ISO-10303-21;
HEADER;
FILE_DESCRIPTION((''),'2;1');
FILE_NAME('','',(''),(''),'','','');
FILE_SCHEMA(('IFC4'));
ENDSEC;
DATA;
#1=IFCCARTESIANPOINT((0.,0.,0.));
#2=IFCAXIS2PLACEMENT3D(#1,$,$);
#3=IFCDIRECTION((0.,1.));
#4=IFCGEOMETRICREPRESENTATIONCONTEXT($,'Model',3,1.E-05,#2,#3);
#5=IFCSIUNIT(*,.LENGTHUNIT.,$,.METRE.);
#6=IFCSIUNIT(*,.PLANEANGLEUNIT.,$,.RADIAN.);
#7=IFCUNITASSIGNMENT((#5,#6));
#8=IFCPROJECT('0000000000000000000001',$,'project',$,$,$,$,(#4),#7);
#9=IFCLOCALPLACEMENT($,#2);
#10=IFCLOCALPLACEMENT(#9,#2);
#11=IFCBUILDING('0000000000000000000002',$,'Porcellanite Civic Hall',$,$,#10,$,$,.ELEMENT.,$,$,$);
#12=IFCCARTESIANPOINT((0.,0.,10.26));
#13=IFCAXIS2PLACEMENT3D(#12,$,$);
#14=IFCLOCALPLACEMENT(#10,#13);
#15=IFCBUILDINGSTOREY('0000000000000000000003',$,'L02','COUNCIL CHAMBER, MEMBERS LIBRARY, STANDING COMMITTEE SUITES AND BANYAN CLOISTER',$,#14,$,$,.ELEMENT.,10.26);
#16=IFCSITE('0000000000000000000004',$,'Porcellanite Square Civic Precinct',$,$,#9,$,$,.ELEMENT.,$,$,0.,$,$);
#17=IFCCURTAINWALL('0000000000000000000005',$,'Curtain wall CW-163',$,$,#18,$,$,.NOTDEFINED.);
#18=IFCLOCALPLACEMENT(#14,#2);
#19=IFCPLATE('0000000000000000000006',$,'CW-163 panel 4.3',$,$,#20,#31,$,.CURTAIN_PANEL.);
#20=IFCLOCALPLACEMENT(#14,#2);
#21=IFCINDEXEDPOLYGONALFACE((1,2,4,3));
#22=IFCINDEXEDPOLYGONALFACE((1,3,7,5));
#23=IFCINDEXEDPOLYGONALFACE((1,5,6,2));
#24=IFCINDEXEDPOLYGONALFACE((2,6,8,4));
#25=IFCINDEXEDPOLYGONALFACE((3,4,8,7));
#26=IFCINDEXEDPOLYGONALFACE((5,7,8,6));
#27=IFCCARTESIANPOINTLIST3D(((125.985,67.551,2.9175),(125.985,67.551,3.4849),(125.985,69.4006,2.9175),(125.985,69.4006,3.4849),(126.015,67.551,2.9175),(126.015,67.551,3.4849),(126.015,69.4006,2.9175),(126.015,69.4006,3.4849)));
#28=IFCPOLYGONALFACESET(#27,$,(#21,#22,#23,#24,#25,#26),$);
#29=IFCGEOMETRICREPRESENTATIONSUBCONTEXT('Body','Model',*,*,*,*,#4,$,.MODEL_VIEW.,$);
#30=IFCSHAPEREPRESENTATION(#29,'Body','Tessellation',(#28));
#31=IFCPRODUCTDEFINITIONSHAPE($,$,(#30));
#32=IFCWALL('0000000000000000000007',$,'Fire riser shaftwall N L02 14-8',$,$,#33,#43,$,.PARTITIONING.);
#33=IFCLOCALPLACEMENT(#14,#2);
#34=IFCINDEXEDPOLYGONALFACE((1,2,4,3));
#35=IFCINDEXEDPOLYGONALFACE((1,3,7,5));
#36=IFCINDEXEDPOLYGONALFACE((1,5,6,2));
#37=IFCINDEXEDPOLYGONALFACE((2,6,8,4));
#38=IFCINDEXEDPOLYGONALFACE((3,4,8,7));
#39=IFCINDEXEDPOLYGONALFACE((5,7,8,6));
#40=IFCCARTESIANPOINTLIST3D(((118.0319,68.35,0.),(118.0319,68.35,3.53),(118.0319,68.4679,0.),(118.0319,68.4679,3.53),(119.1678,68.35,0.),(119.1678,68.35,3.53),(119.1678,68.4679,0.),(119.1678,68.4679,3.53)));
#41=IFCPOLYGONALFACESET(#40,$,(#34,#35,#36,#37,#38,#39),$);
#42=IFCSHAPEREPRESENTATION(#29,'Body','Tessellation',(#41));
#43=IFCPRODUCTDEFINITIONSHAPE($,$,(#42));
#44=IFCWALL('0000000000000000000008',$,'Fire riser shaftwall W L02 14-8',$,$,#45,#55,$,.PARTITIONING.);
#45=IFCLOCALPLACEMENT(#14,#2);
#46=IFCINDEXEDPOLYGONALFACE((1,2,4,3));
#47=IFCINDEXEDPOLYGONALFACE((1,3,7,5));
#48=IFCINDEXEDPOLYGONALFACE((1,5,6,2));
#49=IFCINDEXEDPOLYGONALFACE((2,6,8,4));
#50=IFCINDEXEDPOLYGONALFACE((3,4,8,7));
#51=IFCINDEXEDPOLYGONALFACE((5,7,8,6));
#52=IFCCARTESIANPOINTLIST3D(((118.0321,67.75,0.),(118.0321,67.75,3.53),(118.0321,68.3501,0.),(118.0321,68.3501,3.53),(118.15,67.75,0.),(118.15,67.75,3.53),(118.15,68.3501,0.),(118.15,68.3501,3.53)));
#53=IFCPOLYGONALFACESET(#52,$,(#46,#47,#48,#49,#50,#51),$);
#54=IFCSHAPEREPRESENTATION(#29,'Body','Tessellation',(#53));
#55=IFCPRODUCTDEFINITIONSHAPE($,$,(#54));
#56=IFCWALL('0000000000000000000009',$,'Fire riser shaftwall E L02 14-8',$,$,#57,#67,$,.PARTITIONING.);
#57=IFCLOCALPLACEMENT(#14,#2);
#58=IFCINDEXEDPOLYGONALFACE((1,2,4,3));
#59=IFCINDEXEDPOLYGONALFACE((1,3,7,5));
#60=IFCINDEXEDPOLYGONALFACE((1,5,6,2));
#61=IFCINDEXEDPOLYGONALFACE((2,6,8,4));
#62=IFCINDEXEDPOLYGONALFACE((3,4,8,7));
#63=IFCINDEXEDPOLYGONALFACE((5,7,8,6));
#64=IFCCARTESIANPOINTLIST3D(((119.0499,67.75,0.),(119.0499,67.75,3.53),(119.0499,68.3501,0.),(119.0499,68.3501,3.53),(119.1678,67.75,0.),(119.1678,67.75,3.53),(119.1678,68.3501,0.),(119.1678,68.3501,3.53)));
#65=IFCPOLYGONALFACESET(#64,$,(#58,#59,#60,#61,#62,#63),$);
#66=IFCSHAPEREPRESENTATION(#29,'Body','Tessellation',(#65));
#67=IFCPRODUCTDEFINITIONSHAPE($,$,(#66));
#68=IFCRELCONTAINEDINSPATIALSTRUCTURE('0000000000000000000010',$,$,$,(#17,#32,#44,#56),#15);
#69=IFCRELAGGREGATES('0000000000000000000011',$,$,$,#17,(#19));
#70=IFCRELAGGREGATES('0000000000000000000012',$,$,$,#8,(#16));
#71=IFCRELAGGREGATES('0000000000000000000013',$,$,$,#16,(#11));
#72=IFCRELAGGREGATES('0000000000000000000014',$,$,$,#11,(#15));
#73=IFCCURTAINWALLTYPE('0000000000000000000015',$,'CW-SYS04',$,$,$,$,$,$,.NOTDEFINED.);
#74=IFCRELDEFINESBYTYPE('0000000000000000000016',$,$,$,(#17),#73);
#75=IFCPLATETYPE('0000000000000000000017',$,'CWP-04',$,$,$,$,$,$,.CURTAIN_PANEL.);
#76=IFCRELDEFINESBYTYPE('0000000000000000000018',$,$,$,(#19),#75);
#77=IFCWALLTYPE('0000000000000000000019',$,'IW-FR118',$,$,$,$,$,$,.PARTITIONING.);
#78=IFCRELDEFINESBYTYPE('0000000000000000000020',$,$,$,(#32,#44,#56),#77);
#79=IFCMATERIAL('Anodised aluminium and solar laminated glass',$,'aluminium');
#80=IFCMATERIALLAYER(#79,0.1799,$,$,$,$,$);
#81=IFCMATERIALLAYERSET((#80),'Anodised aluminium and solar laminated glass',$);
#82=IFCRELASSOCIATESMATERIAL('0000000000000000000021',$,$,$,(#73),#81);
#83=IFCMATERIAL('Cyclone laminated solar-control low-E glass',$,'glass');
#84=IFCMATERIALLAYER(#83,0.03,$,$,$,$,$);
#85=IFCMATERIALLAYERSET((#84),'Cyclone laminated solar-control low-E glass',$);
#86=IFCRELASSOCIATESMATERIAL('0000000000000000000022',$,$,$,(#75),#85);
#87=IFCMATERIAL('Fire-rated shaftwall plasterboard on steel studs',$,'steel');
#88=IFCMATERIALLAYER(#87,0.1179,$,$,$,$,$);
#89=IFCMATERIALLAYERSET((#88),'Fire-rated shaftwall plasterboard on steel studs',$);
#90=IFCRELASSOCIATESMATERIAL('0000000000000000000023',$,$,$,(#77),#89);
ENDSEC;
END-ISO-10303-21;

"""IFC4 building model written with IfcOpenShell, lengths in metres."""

from ifc_helpers import new_model, si_unit, direction, frame, frame_2d, origin, origin_2d, place, context, subcontext, project, spatial, rectangle, extrude, material, layer, layer_set, type_object, element, aggregate, save


model = new_model("IFC4")

# Units and contexts
model_context = context("Model", 3, precision=1e-05, world=origin(), true_north=direction((0.0, 1.0)))
body_context = subcontext(model_context, "Body", "Model", "MODEL_VIEW")
ifc_project = project(units=[si_unit("LENGTHUNIT", "METRE"), si_unit("PLANEANGLEUNIT", "RADIAN")], contexts=[model_context])

# Site, building, storey
site_placement = place(None, origin())
site = spatial("IfcSite", under=ifc_project, at=site_placement, Name="Porcellanite Square Civic Precinct", CompositionType="ELEMENT", RefElevation=0.0)
building_placement = place(site_placement, origin())
building = spatial("IfcBuilding", under=site, at=building_placement, Name="Porcellanite Civic Hall", CompositionType="ELEMENT")
storey_placement = place(building_placement, frame((0.0, 0.0, 10.26)))
storey = spatial("IfcBuildingStorey", under=building, at=storey_placement, Name="L02", Description="COUNCIL CHAMBER, MEMBERS LIBRARY, STANDING COMMITTEE SUITES AND BANYAN CLOISTER", CompositionType="ELEMENT", Elevation=10.26)

# Curtain wall
ifc_material_1 = material(Name="Anodised aluminium and solar laminated glass", Category="aluminium")
ifc_layer_1 = layer(ifc_material_1, 0.1799)
ifc_layer_set_1 = layer_set([ifc_layer_1], Name="Anodised aluminium and solar laminated glass")
curtain_wall_type = type_object("IfcCurtainWallType", Name="CW-SYS04", PredefinedType="NOTDEFINED", material=ifc_layer_set_1)
curtain_wall_placement = place(storey_placement, origin())
curtain_wall = element("IfcCurtainWall", 1, at=curtain_wall_placement, inside=storey, type_object=curtain_wall_type, Name="Curtain wall CW-163", PredefinedType="NOTDEFINED")

# Plate
ifc_material_2 = material(Name="Cyclone laminated solar-control low-E glass", Category="glass")
ifc_layer_2 = layer(ifc_material_2, 0.03)
ifc_layer_set_2 = layer_set([ifc_layer_2], Name="Cyclone laminated solar-control low-E glass")
plate_type = type_object("IfcPlateType", Name="CWP-04", PredefinedType="CURTAIN_PANEL", material=ifc_layer_set_2)
plate_1_placement = place(storey_placement, frame((126.0, 68.4758, 2.9175), z_axis=(0.0, 0.0, 1.0), x_axis=(0.0, -1.0, 0.0)))
plate_1 = element("IfcPlate", 2, at=plate_1_placement, type_object=plate_type, Name="CW-163 panel 4.3", PredefinedType="CURTAIN_PANEL", context=body_context, shape_type="SweptSolid", body=[
    extrude(rectangle(XDim=1.8496, YDim=0.03, at=origin_2d()), origin(), (0.0, 0.0, 1.0), 0.5674),
])
aggregate(curtain_wall, [plate_1])

# Walls
ifc_material_3 = material(Name="Fire-rated shaftwall plasterboard on steel studs", Category="steel")
ifc_layer_3 = layer(ifc_material_3, 0.1179)
ifc_layer_set_3 = layer_set([ifc_layer_3], Name="Fire-rated shaftwall plasterboard on steel studs")
wall_type = type_object("IfcWallType", Name="IW-FR118", PredefinedType="PARTITIONING", material=ifc_layer_set_3)
wall_placement = place(storey_placement, frame((118.032, 68.4089, 0.0), z_axis=(0.0, 0.0, 1.0), x_axis=(1.0, 0.0, 0.0)))
element("IfcWall", 3, at=wall_placement, inside=storey, type_object=wall_type, Name="Fire riser shaftwall N L02 14-8", PredefinedType="PARTITIONING", context=body_context, shape_type="SweptSolid", body=[
    extrude(rectangle(XDim=1.136, YDim=0.1179, at=frame_2d((0.5679, 0.0))), origin(), (0.0, 0.0, 1.0), 3.53),
])
for number, where, z_axis, x_axis, name in (
    (4, (118.0911, 67.75, 0.0), (0.0, 0.0, 1.0), (0.0, 1.0, 0.0), "Fire riser shaftwall W L02 14-8"),
    (5, (119.1089, 67.75, 0.0), (0.0, 0.0, 1.0), (0.0, 1.0, 0.0), "Fire riser shaftwall E L02 14-8"),
):
    element("IfcWall", number, at=place(storey_placement, frame(where, z_axis=z_axis, x_axis=x_axis)), inside=storey, type_object=wall_type, Name=name, PredefinedType="PARTITIONING", context=body_context, shape_type="SweptSolid", body=[
        extrude(rectangle(XDim=0.6001, YDim=0.1179, at=frame_2d((0.3, 0.0))), origin(), (0.0, 0.0, 1.0), 3.53),
    ])

save(model, "model.ifc")
